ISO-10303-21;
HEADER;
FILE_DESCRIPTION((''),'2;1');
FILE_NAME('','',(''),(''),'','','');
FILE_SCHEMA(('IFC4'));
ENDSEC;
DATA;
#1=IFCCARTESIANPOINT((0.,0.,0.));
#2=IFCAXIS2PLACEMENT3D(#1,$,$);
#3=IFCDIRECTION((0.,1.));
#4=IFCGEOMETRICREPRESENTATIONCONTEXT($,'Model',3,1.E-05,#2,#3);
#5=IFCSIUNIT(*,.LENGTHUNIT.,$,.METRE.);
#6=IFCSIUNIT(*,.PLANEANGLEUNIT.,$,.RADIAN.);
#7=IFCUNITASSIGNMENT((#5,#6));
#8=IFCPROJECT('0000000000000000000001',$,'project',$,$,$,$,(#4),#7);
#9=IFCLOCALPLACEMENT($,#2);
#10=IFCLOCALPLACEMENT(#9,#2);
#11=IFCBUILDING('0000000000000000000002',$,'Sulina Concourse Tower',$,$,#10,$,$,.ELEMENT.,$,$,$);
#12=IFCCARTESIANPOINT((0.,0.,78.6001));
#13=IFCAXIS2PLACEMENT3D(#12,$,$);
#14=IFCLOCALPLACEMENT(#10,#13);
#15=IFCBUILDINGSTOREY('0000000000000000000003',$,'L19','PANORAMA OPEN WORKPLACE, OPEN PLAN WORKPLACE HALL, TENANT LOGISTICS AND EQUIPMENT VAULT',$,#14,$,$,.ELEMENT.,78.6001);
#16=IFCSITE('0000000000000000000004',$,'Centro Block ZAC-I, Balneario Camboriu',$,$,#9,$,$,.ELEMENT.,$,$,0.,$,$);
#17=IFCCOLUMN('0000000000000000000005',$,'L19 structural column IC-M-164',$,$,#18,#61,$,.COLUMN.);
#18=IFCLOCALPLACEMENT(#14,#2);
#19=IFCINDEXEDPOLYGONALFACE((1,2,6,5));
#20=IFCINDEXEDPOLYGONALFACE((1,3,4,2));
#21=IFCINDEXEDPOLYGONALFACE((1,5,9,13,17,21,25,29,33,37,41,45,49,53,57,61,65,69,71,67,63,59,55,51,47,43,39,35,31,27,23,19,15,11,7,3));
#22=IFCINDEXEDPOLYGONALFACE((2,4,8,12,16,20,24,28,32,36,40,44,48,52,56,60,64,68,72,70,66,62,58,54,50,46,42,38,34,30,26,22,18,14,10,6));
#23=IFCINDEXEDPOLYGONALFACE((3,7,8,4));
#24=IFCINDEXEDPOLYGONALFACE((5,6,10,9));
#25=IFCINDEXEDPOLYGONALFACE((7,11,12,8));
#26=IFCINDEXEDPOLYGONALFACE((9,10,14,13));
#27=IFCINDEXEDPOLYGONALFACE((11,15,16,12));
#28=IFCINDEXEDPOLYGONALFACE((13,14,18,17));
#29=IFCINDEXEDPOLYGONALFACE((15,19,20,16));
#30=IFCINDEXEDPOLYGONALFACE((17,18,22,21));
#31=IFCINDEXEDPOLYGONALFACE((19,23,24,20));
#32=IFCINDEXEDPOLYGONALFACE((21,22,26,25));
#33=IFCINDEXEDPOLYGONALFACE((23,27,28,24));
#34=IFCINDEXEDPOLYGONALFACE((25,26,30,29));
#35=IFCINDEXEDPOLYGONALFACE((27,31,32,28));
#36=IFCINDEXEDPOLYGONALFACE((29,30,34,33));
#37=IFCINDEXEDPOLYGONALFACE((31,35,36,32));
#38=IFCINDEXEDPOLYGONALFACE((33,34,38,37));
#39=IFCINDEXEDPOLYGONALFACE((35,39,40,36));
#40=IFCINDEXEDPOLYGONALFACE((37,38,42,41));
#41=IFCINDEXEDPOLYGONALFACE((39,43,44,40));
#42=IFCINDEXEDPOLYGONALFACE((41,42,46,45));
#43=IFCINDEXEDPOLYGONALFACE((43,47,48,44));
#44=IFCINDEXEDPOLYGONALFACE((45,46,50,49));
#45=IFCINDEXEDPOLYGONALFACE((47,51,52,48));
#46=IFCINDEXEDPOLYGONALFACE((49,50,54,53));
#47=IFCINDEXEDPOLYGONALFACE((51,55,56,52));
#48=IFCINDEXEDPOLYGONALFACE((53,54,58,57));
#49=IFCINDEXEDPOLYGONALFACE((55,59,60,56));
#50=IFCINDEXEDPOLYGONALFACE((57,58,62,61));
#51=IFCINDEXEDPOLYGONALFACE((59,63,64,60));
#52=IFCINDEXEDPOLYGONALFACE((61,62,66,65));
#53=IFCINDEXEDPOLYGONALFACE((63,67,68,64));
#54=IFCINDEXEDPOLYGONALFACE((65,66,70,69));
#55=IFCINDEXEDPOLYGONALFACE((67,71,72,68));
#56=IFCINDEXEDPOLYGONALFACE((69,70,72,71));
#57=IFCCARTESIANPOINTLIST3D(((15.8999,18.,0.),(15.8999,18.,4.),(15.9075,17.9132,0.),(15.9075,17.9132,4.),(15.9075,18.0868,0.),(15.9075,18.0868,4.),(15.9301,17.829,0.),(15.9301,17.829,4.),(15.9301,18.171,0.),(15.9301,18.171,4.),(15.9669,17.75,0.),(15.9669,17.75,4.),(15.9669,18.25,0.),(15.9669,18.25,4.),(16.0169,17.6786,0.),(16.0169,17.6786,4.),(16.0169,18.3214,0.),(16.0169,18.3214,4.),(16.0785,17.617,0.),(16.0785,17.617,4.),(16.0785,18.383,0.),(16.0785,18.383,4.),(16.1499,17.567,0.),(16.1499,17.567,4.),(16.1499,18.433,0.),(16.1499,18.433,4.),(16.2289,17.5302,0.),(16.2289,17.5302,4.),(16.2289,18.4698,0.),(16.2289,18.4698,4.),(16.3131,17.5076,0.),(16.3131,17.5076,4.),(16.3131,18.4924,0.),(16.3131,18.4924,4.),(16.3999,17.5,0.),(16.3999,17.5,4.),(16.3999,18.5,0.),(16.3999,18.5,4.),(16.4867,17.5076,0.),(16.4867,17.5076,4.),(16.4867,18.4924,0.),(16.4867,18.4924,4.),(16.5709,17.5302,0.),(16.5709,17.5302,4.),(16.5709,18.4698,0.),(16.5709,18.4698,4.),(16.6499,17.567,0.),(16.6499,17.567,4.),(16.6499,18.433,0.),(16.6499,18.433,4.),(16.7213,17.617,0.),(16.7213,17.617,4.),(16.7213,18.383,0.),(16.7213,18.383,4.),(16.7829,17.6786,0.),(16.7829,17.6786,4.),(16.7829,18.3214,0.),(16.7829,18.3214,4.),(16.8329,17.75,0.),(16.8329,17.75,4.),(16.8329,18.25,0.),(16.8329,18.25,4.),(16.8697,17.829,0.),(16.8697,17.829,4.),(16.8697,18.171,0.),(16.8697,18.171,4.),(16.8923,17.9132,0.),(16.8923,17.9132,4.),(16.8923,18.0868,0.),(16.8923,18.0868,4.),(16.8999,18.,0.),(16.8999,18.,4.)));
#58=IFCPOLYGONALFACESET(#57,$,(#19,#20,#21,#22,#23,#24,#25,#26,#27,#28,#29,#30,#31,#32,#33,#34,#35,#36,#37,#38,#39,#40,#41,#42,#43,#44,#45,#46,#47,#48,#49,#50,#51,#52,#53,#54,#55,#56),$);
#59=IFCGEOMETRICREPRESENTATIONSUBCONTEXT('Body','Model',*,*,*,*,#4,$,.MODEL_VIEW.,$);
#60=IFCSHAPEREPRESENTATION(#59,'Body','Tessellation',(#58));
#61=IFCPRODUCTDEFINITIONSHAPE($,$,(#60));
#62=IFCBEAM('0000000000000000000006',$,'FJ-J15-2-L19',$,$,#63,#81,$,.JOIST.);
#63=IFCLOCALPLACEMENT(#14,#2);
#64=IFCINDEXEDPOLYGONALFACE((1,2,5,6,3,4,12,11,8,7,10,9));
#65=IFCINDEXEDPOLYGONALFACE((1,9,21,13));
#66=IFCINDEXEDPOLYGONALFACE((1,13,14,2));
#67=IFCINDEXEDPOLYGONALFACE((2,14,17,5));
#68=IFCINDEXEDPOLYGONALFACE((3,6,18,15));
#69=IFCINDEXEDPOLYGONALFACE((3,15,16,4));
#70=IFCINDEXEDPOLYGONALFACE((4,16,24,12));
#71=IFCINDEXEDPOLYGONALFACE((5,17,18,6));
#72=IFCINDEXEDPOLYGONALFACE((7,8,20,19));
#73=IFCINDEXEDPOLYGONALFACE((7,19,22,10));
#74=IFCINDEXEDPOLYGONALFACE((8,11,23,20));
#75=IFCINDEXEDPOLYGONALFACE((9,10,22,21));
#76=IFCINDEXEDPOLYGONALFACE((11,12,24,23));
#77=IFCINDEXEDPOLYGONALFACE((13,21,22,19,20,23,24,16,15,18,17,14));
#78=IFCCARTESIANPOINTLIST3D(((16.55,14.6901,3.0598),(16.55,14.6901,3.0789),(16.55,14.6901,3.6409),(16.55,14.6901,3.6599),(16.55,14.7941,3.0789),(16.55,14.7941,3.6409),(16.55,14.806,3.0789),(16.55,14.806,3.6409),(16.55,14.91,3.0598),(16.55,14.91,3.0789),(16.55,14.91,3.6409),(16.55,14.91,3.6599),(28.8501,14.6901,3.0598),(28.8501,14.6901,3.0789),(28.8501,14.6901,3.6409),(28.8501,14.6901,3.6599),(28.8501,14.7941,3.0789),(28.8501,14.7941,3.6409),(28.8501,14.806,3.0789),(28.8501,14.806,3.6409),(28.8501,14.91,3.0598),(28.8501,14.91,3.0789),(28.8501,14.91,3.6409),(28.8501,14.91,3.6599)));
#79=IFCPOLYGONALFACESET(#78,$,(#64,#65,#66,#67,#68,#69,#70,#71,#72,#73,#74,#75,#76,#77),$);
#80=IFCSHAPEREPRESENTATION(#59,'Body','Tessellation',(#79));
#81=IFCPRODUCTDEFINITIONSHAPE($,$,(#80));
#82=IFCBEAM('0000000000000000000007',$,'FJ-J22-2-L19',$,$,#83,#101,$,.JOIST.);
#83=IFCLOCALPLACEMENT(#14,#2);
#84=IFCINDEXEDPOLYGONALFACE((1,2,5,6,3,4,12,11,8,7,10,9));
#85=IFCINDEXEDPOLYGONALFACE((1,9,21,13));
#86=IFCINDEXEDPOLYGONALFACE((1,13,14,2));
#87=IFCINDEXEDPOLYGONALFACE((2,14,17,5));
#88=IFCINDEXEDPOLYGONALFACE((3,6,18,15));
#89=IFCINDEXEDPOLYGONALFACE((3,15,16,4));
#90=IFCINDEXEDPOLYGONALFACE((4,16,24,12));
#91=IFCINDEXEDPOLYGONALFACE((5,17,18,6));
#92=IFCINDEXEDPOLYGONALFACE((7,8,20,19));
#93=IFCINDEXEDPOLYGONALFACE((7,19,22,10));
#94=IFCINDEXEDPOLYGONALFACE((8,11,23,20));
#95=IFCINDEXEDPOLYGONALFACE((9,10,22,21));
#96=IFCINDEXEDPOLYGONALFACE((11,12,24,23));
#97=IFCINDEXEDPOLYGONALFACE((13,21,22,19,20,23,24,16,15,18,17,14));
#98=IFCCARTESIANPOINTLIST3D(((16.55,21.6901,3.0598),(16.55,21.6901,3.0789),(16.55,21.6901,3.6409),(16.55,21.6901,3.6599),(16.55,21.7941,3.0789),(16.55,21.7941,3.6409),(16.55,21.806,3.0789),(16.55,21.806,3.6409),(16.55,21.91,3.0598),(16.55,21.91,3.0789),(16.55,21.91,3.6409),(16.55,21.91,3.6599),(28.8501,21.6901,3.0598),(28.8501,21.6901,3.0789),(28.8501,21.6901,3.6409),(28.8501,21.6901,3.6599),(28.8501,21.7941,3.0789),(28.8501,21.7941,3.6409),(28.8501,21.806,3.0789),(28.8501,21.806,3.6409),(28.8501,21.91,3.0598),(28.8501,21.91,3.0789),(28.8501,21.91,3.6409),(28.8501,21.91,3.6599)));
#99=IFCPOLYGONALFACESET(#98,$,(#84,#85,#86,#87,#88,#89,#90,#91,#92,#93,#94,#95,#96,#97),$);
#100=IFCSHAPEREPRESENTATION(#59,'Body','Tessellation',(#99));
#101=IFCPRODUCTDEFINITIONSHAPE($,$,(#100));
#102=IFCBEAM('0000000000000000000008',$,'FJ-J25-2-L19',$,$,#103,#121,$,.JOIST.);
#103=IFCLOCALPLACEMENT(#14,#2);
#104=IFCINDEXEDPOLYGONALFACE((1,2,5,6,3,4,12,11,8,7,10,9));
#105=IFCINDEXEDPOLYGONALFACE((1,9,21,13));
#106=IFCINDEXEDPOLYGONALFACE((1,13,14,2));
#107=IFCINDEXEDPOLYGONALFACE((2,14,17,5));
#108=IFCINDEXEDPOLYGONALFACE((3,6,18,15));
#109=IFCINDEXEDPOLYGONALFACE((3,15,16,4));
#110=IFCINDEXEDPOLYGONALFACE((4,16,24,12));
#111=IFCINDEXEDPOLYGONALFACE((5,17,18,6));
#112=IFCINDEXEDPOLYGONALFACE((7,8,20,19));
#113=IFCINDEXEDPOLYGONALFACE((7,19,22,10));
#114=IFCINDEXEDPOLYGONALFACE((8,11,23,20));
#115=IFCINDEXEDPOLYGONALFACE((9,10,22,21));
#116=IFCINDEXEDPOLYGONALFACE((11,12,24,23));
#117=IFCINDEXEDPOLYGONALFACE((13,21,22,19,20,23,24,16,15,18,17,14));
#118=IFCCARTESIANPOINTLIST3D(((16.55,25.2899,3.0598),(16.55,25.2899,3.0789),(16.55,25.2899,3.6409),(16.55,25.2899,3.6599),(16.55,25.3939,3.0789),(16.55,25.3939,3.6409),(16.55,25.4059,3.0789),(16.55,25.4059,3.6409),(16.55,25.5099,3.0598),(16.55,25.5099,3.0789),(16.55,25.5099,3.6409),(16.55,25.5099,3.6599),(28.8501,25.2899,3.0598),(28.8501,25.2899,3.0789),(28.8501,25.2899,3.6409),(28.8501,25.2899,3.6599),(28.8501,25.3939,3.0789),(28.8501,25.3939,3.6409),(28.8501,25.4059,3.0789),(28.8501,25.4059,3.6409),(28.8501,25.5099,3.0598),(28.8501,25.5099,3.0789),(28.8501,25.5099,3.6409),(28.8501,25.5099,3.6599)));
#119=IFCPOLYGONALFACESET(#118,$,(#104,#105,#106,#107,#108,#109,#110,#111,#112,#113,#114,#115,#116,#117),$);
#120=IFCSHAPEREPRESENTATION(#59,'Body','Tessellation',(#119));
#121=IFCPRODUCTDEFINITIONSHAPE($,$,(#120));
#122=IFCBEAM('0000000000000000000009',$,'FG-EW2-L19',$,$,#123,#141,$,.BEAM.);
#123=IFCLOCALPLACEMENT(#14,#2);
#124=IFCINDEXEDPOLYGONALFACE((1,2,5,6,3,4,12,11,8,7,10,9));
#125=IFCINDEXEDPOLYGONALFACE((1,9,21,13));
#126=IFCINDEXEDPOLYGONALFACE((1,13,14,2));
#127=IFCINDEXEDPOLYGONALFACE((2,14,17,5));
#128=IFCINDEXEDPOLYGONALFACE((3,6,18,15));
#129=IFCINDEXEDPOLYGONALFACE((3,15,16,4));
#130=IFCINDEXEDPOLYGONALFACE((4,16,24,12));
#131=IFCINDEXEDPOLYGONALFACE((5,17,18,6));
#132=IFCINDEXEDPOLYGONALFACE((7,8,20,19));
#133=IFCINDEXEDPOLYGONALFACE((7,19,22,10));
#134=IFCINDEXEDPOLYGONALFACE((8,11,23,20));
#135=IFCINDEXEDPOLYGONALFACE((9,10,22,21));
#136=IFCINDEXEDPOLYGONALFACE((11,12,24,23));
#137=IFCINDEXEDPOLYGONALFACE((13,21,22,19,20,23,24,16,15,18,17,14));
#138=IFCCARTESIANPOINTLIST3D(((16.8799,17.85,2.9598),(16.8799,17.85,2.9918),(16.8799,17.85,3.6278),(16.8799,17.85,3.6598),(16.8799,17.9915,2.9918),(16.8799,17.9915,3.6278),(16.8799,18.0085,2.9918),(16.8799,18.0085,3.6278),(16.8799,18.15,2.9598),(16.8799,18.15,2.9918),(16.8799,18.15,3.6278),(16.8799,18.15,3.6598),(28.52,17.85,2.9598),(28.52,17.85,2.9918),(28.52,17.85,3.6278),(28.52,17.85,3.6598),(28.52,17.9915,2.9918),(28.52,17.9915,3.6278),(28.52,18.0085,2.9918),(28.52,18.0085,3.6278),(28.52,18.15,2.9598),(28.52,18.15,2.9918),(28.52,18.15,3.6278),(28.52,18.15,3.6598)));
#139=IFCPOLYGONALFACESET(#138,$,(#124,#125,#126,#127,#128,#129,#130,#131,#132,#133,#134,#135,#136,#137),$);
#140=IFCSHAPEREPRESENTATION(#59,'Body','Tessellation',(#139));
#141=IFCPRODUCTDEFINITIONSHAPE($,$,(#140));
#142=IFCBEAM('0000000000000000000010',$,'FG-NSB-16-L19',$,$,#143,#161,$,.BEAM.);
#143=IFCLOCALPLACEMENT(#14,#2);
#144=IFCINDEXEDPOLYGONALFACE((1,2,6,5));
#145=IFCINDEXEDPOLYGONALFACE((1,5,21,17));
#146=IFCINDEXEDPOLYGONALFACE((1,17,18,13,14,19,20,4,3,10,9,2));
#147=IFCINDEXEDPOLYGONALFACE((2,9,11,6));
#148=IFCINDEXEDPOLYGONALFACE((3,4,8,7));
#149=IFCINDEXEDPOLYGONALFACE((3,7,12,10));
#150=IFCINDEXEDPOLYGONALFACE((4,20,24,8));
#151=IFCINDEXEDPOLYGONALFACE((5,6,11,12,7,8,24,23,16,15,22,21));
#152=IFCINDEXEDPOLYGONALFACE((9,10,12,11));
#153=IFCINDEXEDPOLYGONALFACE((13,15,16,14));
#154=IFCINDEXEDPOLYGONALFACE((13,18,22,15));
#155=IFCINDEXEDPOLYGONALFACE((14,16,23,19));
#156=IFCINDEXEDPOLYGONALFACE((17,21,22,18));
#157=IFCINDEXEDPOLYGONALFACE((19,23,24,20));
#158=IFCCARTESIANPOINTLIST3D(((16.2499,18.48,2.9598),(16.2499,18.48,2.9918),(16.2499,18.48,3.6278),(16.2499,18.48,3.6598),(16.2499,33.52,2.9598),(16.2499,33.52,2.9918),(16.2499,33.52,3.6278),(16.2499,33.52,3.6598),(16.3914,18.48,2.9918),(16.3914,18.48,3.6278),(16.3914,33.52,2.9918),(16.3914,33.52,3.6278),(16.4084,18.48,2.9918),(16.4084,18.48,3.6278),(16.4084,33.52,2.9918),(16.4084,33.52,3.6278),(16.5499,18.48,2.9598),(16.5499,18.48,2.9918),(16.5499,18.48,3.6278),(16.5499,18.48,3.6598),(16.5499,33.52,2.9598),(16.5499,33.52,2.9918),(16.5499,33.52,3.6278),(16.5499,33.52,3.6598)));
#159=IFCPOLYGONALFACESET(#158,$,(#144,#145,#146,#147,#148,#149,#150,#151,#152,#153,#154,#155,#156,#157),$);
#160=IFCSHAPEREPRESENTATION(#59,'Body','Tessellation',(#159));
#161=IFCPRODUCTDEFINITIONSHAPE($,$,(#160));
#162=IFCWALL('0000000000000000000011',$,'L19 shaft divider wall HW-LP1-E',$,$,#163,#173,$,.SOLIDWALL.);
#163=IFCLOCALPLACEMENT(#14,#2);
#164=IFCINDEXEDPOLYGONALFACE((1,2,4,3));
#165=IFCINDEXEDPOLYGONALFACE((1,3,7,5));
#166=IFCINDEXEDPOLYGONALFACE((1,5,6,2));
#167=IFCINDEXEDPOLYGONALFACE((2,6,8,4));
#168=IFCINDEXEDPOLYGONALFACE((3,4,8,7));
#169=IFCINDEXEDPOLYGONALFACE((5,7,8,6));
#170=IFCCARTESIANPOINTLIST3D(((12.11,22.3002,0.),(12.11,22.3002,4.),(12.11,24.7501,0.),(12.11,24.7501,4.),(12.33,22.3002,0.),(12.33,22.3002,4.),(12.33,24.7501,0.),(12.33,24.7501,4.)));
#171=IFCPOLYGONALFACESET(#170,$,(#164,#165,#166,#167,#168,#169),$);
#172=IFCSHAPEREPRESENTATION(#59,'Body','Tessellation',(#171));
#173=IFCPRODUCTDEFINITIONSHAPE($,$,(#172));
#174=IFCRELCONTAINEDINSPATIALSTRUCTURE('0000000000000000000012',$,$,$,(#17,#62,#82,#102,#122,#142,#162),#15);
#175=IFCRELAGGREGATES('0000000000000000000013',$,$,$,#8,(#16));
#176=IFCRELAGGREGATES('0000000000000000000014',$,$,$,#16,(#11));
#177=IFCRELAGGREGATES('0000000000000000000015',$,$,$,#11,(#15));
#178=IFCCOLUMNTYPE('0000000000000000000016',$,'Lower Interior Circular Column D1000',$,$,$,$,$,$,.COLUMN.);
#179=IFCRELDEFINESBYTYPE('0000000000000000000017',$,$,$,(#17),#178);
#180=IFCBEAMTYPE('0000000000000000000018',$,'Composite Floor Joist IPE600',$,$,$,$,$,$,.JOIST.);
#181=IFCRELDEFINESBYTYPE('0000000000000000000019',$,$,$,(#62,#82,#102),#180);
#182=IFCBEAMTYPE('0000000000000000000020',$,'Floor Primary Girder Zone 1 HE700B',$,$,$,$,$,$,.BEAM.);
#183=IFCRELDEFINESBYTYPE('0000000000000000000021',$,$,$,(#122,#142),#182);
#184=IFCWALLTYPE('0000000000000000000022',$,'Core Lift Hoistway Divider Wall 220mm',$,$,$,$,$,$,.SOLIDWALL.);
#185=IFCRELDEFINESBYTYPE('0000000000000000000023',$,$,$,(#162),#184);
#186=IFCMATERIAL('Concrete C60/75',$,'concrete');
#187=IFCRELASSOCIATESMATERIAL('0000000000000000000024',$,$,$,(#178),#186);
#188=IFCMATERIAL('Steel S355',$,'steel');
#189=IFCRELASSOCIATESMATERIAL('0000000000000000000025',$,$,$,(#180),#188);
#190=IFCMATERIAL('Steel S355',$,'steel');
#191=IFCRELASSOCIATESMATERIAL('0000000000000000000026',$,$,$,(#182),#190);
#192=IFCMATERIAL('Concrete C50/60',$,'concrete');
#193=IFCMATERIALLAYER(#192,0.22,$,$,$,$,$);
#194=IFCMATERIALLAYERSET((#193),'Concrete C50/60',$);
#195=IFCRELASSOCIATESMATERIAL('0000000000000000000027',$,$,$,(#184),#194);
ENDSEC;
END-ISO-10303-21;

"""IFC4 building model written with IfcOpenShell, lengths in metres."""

from ifc_helpers import new_model, si_unit, direction, frame, frame_2d, origin, origin_2d, place, context, subcontext, project, spatial, rectangle, circle, i_section, extrude, material, layer, layer_set, material_profile, profile_set, type_object, element, save


model = new_model("IFC4")

# Units and contexts
model_context = context("Model", 3, precision=1e-05, world=origin(), true_north=direction((0.0, 1.0)))
body_context = subcontext(model_context, "Body", "Model", "MODEL_VIEW")
ifc_project = project(units=[si_unit("LENGTHUNIT", "METRE"), si_unit("PLANEANGLEUNIT", "RADIAN")], contexts=[model_context])

# Site, building, storey
site_placement = place(None, origin())
site = spatial("IfcSite", under=ifc_project, at=site_placement, Name="Centro Block ZAC-I, Balneario Camboriu", CompositionType="ELEMENT", RefElevation=0.0)
building_placement = place(site_placement, origin())
building = spatial("IfcBuilding", under=site, at=building_placement, Name="Sulina Concourse Tower", CompositionType="ELEMENT")
storey_placement = place(building_placement, frame((0.0, 0.0, 78.6001)))
storey = spatial("IfcBuildingStorey", under=building, at=storey_placement, Name="L19", Description="PANORAMA OPEN WORKPLACE, OPEN PLAN WORKPLACE HALL, TENANT LOGISTICS AND EQUIPMENT VAULT", CompositionType="ELEMENT", Elevation=78.6001)

# Column
ifc_material_1 = material(Name="Concrete C60/75", Category="concrete")
ifc_material_profile_1 = material_profile(ifc_material_1, circle(Radius=0.5, at=origin_2d()), Name="RC D1000")
ifc_profile_set_1 = profile_set([ifc_material_profile_1], Name="Concrete C60/75")
column_type = type_object("IfcColumnType", Name="Lower Interior Circular Column D1000", PredefinedType="COLUMN", material=ifc_profile_set_1)
column_placement = place(storey_placement, frame((16.3999, 18.0, 0.0), z_axis=(0.0, 0.0, 1.0), x_axis=(1.0, 0.0, 0.0)))
element("IfcColumn", 1, at=column_placement, inside=storey, type_object=column_type, Name="L19 structural column IC-M-164", PredefinedType="COLUMN", context=body_context, shape_type="SweptSolid", body=[
    extrude(circle(Radius=0.5, at=origin_2d()), origin(), (0.0, 0.0, 1.0), 4.0),
])

# Beams
ifc_material_2 = material(Name="Steel S355", Category="steel")
ifc_material_profile_2 = material_profile(ifc_material_2, i_section(OverallWidth=0.22, OverallDepth=0.6001, WebThickness=0.012, FlangeThickness=0.019, at=origin_2d()), Name="IPE 600")
ifc_profile_set_2 = profile_set([ifc_material_profile_2], Name="Steel S355")
beam_type_1 = type_object("IfcBeamType", Name="Composite Floor Joist IPE600", PredefinedType="JOIST", material=ifc_profile_set_2)
for number, where, z_axis, x_axis, name in (
    (2, (16.55, 14.8, 3.3599), (1.0, 0.0, 0.0), (0.0, 1.0, 0.0), "FJ-J15-2-L19"),
    (3, (16.55, 21.8, 3.3599), (1.0, 0.0, 0.0), (0.0, 1.0, 0.0), "FJ-J22-2-L19"),
    (4, (16.55, 25.3999, 3.3599), (1.0, 0.0, 0.0), (0.0, 1.0, 0.0), "FJ-J25-2-L19"),
):
    element("IfcBeam", number, at=place(storey_placement, frame(where, z_axis=z_axis, x_axis=x_axis)), inside=storey, type_object=beam_type_1, Name=name, PredefinedType="JOIST", context=body_context, shape_type="SweptSolid", body=[
        extrude(i_section(OverallWidth=0.22, OverallDepth=0.6001, WebThickness=0.012, FlangeThickness=0.019, at=origin_2d()), origin(), (0.0, 0.0, 1.0), 12.3),
    ])
ifc_material_3 = material(Name="Steel S355", Category="steel")
ifc_material_profile_3 = material_profile(ifc_material_3, i_section(OverallWidth=0.3, OverallDepth=0.7, WebThickness=0.0171, FlangeThickness=0.032, at=origin_2d()), Name="HE 700 B")
ifc_profile_set_3 = profile_set([ifc_material_profile_3], Name="Steel S355")
beam_type_2 = type_object("IfcBeamType", Name="Floor Primary Girder Zone 1 HE700B", PredefinedType="BEAM", material=ifc_profile_set_3)
beam_1_placement = place(storey_placement, frame((16.8799, 18.0, 3.3098), z_axis=(1.0, 0.0, 0.0), x_axis=(0.0, 1.0, 0.0)))
element("IfcBeam", 5, at=beam_1_placement, inside=storey, type_object=beam_type_2, Name="FG-EW2-L19", PredefinedType="BEAM", context=body_context, shape_type="SweptSolid", body=[
    extrude(i_section(OverallWidth=0.3, OverallDepth=0.7, WebThickness=0.0171, FlangeThickness=0.032, at=origin_2d()), origin(), (0.0, 0.0, 1.0), 11.6401),
])
beam_2_placement = place(storey_placement, frame((16.3999, 18.48, 3.3098), z_axis=(0.0, 1.0, 0.0), x_axis=(-1.0, 0.0, 0.0)))
element("IfcBeam", 6, at=beam_2_placement, inside=storey, type_object=beam_type_2, Name="FG-NSB-16-L19", PredefinedType="BEAM", context=body_context, shape_type="SweptSolid", body=[
    extrude(i_section(OverallWidth=0.3, OverallDepth=0.7, WebThickness=0.0171, FlangeThickness=0.032, at=origin_2d()), origin(), (0.0, 0.0, 1.0), 15.04),
])

# Wall
ifc_material_4 = material(Name="Concrete C50/60", Category="concrete")
ifc_layer_1 = layer(ifc_material_4, 0.22)
ifc_layer_set_1 = layer_set([ifc_layer_1], Name="Concrete C50/60")
wall_type_1 = type_object("IfcWallType", Name="Core Lift Hoistway Divider Wall 220mm", PredefinedType="SOLIDWALL", material=ifc_layer_set_1)
wall_1_placement = place(storey_placement, frame((12.22, 22.3, 0.0), z_axis=(0.0, 0.0, 1.0), x_axis=(0.0, 1.0, 0.0)))
element("IfcWall", 7, at=wall_1_placement, inside=storey, type_object=wall_type_1, Name="L19 shaft divider wall HW-LP1-E", PredefinedType="SOLIDWALL", context=body_context, shape_type="SweptSolid", body=[
    extrude(rectangle(XDim=2.45, YDim=0.22, at=frame_2d((1.2251, 0.0))), origin(), (0.0, 0.0, 1.0), 4.0),
])

save(model, "model.ifc")
